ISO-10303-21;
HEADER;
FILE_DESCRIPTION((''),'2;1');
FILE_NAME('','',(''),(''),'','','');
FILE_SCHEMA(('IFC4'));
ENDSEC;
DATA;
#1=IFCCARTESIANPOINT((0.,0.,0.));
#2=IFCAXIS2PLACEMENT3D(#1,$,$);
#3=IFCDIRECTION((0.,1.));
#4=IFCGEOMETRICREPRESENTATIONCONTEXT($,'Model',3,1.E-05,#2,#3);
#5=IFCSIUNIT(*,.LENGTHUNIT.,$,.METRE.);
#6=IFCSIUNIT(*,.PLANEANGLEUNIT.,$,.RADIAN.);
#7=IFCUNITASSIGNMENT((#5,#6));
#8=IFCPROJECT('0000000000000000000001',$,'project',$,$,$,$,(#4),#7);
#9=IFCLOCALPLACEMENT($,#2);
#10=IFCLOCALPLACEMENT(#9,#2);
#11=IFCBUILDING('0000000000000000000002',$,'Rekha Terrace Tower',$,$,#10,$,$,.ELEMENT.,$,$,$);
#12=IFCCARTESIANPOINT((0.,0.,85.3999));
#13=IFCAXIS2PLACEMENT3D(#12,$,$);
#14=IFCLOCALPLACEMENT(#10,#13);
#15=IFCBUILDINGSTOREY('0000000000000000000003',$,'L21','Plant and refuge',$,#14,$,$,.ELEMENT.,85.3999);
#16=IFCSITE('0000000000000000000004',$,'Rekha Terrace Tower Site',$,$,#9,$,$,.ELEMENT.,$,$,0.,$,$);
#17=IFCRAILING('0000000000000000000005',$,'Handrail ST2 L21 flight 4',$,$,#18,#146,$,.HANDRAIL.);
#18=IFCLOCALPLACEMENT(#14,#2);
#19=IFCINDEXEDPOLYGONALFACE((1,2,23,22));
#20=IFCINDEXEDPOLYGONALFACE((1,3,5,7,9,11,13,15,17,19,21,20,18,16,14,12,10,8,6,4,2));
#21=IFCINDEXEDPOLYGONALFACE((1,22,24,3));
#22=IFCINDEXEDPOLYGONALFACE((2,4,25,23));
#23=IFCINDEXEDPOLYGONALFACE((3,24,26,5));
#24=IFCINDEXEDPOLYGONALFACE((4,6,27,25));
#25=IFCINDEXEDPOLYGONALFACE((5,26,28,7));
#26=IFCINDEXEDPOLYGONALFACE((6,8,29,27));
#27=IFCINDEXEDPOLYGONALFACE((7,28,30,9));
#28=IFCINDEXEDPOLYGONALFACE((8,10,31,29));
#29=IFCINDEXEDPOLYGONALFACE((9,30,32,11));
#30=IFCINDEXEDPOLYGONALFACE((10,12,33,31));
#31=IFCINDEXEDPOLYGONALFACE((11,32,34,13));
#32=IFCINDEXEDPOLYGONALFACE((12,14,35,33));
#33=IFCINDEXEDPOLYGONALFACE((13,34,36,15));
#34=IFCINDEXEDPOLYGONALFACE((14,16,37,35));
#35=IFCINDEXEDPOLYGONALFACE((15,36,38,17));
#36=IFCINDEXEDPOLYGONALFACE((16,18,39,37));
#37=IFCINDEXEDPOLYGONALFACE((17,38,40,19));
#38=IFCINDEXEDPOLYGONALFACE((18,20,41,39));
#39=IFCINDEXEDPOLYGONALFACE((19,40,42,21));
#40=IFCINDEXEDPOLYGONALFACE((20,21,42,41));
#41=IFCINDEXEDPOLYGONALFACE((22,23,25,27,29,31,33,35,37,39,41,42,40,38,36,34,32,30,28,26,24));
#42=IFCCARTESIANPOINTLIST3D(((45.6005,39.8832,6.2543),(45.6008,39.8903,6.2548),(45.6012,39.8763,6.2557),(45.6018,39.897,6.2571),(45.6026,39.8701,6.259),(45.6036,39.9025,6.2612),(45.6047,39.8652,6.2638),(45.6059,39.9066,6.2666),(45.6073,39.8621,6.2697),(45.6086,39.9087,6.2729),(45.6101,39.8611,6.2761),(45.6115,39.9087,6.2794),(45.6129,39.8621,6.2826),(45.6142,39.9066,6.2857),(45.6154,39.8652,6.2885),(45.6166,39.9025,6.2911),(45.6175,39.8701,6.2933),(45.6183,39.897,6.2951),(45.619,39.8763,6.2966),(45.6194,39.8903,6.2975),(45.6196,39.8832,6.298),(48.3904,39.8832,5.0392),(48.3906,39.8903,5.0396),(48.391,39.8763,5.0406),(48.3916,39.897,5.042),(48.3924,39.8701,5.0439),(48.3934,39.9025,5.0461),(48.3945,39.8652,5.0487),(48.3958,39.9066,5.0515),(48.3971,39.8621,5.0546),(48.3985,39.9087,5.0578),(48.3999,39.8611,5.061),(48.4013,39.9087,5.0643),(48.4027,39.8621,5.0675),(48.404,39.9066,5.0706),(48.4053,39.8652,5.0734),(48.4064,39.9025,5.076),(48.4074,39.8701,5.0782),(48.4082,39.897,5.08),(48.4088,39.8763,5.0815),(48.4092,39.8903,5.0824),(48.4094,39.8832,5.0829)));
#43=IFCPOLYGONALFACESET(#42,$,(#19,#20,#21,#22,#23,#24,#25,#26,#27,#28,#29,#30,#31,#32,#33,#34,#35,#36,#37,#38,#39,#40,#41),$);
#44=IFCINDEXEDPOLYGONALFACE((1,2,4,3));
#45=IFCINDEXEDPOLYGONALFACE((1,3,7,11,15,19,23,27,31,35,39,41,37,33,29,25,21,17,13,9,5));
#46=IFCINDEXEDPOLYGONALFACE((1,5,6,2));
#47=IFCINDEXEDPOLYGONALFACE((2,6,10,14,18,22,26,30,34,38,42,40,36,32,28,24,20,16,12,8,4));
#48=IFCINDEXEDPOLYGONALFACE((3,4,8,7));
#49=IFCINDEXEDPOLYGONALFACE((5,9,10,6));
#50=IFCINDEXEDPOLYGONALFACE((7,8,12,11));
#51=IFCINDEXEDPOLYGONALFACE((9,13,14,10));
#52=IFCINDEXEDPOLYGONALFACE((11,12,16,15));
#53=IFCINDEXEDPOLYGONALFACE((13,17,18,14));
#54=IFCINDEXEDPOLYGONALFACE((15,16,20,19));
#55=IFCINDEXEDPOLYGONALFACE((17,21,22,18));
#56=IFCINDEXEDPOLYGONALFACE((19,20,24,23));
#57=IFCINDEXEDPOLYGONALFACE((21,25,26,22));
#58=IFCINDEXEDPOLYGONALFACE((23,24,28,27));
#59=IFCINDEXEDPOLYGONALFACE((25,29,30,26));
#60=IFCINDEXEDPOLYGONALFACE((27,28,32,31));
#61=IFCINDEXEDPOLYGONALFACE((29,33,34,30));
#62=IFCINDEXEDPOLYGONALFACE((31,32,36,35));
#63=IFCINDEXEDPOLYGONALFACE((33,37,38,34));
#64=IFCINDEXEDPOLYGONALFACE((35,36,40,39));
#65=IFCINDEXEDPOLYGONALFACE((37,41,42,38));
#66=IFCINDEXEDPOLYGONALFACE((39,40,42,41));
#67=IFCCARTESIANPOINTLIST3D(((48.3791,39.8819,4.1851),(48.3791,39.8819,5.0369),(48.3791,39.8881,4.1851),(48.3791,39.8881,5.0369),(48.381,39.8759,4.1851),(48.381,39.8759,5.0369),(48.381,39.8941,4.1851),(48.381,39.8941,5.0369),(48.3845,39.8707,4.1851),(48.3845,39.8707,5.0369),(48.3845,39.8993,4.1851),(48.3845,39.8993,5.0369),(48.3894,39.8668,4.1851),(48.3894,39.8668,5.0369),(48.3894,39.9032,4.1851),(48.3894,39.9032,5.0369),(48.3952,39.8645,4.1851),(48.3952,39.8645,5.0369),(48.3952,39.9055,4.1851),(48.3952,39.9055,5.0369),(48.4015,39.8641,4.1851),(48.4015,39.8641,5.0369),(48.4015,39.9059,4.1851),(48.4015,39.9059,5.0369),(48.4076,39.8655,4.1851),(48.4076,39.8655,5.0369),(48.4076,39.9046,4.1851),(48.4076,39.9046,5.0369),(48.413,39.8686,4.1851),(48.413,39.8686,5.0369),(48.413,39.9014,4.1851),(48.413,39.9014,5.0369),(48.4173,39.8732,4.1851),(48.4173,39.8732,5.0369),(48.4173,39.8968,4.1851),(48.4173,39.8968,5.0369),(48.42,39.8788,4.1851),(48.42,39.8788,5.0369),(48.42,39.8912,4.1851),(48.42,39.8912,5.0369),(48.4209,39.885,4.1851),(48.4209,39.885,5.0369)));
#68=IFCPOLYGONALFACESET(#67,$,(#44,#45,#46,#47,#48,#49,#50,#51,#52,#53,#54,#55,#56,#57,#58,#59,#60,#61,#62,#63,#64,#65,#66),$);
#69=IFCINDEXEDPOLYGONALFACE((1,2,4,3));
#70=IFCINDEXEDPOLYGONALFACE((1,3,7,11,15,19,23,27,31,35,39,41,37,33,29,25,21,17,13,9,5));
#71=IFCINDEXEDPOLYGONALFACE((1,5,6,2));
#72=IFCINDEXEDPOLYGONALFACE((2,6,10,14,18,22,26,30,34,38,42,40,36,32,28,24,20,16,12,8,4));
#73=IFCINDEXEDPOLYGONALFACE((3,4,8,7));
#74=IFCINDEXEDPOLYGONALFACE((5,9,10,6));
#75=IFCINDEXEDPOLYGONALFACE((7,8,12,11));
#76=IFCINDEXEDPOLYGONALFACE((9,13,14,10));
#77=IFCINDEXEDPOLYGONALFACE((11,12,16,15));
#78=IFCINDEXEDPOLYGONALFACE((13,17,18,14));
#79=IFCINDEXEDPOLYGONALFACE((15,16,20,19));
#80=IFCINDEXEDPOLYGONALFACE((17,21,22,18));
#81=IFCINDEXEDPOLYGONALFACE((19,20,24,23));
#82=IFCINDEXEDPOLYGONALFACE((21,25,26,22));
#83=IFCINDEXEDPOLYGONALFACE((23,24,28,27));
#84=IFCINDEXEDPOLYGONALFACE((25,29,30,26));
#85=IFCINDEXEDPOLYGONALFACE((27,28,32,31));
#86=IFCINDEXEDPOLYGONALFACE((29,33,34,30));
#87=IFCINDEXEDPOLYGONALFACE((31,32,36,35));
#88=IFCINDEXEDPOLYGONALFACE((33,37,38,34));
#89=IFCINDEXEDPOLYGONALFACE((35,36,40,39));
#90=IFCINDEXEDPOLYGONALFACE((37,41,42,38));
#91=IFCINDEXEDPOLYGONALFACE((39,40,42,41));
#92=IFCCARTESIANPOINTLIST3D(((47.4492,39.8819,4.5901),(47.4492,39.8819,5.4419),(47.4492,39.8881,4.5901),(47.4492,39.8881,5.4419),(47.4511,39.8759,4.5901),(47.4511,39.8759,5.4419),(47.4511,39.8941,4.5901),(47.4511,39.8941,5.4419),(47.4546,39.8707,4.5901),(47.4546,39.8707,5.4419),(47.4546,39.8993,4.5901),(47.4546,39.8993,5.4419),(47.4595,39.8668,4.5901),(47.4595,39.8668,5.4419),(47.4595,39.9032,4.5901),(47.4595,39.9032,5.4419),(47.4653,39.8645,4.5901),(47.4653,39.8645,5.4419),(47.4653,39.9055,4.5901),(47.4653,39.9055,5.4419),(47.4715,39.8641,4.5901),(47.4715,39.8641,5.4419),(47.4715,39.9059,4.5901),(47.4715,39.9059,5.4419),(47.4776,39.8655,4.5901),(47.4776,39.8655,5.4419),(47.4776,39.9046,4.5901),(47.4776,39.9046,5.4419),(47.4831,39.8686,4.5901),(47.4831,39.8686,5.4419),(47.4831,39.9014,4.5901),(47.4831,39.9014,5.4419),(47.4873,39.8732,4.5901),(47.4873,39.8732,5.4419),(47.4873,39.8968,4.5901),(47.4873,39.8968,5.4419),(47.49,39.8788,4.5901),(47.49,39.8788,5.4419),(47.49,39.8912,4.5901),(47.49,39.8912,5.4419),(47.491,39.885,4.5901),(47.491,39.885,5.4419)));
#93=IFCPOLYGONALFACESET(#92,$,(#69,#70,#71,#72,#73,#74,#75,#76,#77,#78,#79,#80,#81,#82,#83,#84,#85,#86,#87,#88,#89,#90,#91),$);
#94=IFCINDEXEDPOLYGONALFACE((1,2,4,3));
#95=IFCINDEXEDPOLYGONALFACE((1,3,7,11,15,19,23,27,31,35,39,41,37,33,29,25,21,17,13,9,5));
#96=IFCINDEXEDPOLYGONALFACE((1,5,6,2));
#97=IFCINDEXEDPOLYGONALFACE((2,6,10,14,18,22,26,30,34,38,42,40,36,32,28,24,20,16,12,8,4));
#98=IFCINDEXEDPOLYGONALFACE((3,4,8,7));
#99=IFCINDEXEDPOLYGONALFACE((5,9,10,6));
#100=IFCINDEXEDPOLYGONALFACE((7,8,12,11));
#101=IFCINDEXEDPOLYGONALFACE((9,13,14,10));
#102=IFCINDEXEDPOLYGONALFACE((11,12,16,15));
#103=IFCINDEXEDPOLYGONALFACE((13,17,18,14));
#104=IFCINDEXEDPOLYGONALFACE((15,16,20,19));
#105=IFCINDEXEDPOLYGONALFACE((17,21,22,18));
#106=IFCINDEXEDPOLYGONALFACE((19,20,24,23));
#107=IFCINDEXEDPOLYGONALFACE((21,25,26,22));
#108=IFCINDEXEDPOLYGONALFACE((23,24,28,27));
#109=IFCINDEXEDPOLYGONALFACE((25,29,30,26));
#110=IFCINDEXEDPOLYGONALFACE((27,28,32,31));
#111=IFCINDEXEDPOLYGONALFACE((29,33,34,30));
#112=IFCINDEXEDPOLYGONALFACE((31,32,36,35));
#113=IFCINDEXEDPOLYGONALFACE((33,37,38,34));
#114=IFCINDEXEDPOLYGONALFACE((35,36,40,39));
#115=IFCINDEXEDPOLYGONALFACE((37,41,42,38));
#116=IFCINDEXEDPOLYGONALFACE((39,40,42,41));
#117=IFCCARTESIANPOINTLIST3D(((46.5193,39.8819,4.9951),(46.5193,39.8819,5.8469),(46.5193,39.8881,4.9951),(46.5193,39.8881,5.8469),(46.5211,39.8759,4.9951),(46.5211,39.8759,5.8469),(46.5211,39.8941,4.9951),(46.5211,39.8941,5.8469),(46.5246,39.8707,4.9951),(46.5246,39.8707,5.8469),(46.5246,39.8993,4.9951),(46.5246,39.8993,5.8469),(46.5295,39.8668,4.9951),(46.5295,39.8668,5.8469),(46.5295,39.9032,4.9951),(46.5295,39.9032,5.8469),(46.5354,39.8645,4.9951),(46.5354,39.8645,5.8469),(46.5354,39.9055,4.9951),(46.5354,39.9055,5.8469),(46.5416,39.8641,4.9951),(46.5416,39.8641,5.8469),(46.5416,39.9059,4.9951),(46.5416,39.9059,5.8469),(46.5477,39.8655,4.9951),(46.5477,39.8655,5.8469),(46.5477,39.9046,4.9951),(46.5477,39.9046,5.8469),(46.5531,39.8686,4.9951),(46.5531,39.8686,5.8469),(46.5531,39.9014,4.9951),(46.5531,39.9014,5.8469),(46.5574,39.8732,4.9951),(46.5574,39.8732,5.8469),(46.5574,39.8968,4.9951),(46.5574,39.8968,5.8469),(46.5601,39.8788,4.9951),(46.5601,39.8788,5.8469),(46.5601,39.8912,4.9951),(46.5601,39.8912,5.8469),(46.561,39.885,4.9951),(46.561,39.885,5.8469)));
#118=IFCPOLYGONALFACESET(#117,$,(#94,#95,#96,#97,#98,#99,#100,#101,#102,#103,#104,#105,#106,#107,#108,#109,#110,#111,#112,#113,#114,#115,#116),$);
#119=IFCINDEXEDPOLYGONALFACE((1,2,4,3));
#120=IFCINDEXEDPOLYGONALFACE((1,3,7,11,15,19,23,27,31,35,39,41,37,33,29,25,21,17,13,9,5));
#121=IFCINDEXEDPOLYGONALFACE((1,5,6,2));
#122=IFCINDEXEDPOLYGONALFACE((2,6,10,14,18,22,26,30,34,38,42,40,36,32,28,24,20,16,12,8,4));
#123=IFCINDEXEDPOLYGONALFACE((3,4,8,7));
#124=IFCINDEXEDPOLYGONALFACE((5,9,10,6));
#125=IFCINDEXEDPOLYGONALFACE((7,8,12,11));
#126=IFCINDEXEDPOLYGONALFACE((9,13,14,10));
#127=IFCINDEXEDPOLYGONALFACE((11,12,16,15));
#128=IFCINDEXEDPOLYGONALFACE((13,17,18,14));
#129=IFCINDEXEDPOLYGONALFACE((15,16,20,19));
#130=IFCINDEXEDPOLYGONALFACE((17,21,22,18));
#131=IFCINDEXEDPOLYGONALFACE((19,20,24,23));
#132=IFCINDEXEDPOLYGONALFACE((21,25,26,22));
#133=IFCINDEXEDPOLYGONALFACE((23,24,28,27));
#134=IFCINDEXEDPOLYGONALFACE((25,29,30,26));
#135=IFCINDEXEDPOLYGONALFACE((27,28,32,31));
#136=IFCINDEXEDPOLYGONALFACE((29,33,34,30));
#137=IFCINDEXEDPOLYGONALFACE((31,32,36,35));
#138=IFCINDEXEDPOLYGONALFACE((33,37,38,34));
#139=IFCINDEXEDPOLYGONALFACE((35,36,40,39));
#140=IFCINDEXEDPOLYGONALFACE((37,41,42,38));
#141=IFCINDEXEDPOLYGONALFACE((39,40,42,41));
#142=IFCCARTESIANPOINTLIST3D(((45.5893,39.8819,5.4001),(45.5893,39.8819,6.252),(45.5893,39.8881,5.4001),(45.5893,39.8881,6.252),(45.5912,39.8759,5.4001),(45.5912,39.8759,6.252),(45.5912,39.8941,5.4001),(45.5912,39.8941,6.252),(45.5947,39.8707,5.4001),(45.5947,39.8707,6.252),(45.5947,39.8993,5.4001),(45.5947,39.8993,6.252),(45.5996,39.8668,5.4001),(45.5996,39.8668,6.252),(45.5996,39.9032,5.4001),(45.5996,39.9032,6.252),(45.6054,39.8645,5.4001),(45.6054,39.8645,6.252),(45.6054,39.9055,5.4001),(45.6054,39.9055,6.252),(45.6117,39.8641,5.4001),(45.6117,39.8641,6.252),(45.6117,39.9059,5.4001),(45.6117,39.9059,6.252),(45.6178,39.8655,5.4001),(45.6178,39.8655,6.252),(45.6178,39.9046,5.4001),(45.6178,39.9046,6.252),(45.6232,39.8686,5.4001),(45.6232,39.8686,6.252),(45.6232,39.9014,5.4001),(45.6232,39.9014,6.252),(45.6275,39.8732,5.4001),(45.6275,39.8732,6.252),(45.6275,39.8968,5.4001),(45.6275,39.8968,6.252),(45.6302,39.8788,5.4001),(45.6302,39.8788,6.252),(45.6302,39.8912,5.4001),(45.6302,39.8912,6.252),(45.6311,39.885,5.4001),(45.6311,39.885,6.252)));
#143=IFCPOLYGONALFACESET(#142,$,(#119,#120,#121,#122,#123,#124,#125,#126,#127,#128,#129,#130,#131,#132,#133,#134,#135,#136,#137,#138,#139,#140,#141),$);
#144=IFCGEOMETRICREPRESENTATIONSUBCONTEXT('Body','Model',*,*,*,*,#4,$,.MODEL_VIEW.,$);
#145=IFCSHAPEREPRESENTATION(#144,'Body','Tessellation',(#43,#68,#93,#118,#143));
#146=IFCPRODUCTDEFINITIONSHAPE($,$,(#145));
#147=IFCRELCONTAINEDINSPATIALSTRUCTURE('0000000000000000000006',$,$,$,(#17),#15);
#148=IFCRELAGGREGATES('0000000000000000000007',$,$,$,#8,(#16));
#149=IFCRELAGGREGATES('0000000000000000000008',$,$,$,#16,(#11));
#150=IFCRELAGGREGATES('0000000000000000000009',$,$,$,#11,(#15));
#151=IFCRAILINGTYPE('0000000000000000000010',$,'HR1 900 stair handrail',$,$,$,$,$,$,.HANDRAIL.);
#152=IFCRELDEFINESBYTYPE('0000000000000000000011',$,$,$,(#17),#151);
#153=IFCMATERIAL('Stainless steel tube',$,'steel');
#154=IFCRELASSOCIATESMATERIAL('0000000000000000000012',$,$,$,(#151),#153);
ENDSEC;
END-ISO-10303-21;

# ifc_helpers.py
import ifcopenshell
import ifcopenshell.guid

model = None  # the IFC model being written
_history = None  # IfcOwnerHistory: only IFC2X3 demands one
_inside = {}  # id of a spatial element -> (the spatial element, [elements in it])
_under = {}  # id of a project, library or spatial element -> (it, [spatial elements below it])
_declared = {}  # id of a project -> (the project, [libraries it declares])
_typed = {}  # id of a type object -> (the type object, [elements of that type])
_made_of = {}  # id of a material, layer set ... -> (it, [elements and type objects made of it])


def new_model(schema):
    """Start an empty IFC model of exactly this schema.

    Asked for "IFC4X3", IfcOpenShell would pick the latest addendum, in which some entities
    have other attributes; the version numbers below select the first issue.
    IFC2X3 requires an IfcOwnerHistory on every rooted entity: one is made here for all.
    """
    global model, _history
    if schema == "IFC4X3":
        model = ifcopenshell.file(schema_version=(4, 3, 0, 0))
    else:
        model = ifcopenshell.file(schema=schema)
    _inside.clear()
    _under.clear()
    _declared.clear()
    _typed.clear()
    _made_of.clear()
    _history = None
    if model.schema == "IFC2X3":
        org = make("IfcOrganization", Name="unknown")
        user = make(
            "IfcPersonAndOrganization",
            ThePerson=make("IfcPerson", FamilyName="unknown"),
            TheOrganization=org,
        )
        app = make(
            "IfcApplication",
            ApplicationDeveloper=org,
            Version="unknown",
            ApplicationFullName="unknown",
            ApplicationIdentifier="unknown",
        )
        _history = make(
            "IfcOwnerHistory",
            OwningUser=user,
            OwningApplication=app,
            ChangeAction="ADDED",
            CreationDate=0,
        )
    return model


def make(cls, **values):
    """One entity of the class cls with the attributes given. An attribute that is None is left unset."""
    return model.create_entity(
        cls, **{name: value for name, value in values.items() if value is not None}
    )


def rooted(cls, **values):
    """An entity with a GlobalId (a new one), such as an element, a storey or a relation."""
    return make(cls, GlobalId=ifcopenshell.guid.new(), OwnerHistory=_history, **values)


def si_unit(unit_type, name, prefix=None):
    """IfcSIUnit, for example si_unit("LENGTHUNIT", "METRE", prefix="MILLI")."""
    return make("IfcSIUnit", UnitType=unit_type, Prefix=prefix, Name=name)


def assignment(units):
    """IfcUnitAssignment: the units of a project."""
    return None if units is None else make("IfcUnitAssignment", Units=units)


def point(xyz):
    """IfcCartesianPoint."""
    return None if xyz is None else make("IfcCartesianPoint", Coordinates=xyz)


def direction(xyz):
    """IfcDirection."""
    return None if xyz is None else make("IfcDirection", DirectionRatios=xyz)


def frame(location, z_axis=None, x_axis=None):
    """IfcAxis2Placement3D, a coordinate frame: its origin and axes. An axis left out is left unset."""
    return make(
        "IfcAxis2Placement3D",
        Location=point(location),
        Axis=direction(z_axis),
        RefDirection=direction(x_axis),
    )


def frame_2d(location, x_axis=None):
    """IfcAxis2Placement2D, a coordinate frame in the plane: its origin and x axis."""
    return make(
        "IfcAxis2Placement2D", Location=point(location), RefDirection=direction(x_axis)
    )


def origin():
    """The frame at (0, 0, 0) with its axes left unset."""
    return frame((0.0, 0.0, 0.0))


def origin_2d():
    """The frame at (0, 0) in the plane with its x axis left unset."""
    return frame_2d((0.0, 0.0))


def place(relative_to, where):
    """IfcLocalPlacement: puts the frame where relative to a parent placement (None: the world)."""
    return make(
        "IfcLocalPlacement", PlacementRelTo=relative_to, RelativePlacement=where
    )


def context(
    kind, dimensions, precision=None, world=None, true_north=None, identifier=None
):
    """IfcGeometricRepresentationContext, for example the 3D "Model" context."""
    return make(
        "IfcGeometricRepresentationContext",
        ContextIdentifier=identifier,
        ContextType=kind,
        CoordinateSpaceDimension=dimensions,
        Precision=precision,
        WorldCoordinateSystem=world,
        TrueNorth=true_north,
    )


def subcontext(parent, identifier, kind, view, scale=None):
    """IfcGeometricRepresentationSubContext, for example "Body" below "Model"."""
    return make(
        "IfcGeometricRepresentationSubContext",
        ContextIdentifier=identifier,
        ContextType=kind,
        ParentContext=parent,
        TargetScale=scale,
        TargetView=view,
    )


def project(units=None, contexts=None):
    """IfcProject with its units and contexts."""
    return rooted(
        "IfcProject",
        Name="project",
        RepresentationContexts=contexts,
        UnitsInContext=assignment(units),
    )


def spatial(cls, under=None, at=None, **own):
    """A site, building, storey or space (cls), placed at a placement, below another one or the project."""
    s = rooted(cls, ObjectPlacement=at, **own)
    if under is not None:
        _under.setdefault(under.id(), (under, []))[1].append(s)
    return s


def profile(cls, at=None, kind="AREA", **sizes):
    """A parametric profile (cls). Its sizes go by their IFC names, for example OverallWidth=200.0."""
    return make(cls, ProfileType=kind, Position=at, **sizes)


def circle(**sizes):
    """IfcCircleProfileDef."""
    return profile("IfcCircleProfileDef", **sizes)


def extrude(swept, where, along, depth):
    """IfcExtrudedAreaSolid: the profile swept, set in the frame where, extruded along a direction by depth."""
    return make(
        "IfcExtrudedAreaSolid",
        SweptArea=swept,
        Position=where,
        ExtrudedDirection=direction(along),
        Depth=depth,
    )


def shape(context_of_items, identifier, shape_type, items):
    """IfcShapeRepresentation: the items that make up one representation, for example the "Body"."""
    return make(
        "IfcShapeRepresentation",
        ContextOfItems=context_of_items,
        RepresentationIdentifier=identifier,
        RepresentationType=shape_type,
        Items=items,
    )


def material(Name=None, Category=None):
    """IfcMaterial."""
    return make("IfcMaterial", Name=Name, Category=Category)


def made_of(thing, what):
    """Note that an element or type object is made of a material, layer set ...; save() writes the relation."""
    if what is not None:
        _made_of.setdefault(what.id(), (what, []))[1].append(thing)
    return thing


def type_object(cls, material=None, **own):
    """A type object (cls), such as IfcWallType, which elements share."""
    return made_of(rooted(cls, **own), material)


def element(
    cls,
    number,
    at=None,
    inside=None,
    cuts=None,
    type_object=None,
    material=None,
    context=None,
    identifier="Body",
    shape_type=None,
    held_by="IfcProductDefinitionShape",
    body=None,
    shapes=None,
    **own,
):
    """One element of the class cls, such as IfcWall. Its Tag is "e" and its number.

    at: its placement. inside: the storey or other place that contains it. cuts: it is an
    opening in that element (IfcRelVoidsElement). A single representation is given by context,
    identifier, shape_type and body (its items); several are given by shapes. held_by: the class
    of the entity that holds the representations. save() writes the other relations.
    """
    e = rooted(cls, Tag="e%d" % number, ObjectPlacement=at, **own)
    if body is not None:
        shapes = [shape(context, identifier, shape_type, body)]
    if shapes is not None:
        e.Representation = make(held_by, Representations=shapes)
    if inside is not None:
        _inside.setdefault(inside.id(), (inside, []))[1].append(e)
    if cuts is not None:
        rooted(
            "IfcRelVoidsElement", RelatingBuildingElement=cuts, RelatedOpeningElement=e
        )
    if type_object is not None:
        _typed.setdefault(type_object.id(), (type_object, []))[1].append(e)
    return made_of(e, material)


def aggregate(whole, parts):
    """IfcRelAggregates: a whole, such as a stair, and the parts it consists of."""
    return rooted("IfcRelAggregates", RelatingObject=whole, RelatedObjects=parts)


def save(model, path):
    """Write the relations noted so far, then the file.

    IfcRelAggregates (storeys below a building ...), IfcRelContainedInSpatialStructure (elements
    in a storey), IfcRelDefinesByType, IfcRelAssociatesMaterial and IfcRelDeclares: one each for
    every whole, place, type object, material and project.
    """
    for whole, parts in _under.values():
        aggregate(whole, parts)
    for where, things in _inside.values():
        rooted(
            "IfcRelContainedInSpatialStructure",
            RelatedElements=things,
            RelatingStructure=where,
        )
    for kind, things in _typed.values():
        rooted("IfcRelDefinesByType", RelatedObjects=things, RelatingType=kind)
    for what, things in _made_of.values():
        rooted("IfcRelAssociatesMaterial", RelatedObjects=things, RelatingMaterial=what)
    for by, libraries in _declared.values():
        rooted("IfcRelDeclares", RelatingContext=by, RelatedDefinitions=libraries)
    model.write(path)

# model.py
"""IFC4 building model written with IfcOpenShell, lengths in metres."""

from ifc_helpers import new_model, si_unit, direction, frame, origin, origin_2d, place, context, subcontext, project, spatial, circle, extrude, material, type_object, element, save


model = new_model("IFC4")

# Units and contexts
model_context = context("Model", 3, precision=1e-05, world=origin(), true_north=direction((0.0, 1.0)))
body_context = subcontext(model_context, "Body", "Model", "MODEL_VIEW")
ifc_project = project(units=[si_unit("LENGTHUNIT", "METRE"), si_unit("PLANEANGLEUNIT", "RADIAN")], contexts=[model_context])

# Site, building, storey
site_placement = place(None, origin())
site = spatial("IfcSite", under=ifc_project, at=site_placement, Name="Rekha Terrace Tower Site", CompositionType="ELEMENT", RefElevation=0.0)
building_placement = place(site_placement, origin())
building = spatial("IfcBuilding", under=site, at=building_placement, Name="Rekha Terrace Tower", CompositionType="ELEMENT")
storey_placement = place(building_placement, frame((0.0, 0.0, 85.3999)))
storey = spatial("IfcBuildingStorey", under=building, at=storey_placement, Name="L21", Description="Plant and refuge", CompositionType="ELEMENT", Elevation=85.3999)

# Railing
ifc_material_1 = material(Name="Stainless steel tube", Category="steel")
railing_type_1 = type_object("IfcRailingType", Name="HR1 900 stair handrail", PredefinedType="HANDRAIL", material=ifc_material_1)
railing_1_placement = place(storey_placement, frame((48.3999, 39.885, 4.1851)))
element("IfcRailing", 1, at=railing_1_placement, inside=storey, type_object=railing_type_1, Name="Handrail ST2 L21 flight 4", PredefinedType="HANDRAIL", context=body_context, shape_type="SweptSolid", body=[
    extrude(circle(Radius=0.0239, at=origin_2d()), frame((0.0, 0.0, 0.876), z_axis=(-0.916813, 0.0, 0.399316), x_axis=(0.0, -1.0, 0.0)), (0.0, 0.0, 1.0), 3.043),
    extrude(circle(Radius=0.021, at=origin_2d()), origin(), (0.0, 0.0, 1.0), 0.8518),
    extrude(circle(Radius=0.021, at=origin_2d()), frame((-0.9299, 0.0, 0.405)), (0.0, 0.0, 1.0), 0.8518),
    extrude(circle(Radius=0.021, at=origin_2d()), frame((-1.8599, 0.0, 0.8101)), (0.0, 0.0, 1.0), 0.8518),
    extrude(circle(Radius=0.021, at=origin_2d()), frame((-2.7898, 0.0, 1.2151)), (0.0, 0.0, 1.0), 0.8518),
])

save(model, "model.ifc")
